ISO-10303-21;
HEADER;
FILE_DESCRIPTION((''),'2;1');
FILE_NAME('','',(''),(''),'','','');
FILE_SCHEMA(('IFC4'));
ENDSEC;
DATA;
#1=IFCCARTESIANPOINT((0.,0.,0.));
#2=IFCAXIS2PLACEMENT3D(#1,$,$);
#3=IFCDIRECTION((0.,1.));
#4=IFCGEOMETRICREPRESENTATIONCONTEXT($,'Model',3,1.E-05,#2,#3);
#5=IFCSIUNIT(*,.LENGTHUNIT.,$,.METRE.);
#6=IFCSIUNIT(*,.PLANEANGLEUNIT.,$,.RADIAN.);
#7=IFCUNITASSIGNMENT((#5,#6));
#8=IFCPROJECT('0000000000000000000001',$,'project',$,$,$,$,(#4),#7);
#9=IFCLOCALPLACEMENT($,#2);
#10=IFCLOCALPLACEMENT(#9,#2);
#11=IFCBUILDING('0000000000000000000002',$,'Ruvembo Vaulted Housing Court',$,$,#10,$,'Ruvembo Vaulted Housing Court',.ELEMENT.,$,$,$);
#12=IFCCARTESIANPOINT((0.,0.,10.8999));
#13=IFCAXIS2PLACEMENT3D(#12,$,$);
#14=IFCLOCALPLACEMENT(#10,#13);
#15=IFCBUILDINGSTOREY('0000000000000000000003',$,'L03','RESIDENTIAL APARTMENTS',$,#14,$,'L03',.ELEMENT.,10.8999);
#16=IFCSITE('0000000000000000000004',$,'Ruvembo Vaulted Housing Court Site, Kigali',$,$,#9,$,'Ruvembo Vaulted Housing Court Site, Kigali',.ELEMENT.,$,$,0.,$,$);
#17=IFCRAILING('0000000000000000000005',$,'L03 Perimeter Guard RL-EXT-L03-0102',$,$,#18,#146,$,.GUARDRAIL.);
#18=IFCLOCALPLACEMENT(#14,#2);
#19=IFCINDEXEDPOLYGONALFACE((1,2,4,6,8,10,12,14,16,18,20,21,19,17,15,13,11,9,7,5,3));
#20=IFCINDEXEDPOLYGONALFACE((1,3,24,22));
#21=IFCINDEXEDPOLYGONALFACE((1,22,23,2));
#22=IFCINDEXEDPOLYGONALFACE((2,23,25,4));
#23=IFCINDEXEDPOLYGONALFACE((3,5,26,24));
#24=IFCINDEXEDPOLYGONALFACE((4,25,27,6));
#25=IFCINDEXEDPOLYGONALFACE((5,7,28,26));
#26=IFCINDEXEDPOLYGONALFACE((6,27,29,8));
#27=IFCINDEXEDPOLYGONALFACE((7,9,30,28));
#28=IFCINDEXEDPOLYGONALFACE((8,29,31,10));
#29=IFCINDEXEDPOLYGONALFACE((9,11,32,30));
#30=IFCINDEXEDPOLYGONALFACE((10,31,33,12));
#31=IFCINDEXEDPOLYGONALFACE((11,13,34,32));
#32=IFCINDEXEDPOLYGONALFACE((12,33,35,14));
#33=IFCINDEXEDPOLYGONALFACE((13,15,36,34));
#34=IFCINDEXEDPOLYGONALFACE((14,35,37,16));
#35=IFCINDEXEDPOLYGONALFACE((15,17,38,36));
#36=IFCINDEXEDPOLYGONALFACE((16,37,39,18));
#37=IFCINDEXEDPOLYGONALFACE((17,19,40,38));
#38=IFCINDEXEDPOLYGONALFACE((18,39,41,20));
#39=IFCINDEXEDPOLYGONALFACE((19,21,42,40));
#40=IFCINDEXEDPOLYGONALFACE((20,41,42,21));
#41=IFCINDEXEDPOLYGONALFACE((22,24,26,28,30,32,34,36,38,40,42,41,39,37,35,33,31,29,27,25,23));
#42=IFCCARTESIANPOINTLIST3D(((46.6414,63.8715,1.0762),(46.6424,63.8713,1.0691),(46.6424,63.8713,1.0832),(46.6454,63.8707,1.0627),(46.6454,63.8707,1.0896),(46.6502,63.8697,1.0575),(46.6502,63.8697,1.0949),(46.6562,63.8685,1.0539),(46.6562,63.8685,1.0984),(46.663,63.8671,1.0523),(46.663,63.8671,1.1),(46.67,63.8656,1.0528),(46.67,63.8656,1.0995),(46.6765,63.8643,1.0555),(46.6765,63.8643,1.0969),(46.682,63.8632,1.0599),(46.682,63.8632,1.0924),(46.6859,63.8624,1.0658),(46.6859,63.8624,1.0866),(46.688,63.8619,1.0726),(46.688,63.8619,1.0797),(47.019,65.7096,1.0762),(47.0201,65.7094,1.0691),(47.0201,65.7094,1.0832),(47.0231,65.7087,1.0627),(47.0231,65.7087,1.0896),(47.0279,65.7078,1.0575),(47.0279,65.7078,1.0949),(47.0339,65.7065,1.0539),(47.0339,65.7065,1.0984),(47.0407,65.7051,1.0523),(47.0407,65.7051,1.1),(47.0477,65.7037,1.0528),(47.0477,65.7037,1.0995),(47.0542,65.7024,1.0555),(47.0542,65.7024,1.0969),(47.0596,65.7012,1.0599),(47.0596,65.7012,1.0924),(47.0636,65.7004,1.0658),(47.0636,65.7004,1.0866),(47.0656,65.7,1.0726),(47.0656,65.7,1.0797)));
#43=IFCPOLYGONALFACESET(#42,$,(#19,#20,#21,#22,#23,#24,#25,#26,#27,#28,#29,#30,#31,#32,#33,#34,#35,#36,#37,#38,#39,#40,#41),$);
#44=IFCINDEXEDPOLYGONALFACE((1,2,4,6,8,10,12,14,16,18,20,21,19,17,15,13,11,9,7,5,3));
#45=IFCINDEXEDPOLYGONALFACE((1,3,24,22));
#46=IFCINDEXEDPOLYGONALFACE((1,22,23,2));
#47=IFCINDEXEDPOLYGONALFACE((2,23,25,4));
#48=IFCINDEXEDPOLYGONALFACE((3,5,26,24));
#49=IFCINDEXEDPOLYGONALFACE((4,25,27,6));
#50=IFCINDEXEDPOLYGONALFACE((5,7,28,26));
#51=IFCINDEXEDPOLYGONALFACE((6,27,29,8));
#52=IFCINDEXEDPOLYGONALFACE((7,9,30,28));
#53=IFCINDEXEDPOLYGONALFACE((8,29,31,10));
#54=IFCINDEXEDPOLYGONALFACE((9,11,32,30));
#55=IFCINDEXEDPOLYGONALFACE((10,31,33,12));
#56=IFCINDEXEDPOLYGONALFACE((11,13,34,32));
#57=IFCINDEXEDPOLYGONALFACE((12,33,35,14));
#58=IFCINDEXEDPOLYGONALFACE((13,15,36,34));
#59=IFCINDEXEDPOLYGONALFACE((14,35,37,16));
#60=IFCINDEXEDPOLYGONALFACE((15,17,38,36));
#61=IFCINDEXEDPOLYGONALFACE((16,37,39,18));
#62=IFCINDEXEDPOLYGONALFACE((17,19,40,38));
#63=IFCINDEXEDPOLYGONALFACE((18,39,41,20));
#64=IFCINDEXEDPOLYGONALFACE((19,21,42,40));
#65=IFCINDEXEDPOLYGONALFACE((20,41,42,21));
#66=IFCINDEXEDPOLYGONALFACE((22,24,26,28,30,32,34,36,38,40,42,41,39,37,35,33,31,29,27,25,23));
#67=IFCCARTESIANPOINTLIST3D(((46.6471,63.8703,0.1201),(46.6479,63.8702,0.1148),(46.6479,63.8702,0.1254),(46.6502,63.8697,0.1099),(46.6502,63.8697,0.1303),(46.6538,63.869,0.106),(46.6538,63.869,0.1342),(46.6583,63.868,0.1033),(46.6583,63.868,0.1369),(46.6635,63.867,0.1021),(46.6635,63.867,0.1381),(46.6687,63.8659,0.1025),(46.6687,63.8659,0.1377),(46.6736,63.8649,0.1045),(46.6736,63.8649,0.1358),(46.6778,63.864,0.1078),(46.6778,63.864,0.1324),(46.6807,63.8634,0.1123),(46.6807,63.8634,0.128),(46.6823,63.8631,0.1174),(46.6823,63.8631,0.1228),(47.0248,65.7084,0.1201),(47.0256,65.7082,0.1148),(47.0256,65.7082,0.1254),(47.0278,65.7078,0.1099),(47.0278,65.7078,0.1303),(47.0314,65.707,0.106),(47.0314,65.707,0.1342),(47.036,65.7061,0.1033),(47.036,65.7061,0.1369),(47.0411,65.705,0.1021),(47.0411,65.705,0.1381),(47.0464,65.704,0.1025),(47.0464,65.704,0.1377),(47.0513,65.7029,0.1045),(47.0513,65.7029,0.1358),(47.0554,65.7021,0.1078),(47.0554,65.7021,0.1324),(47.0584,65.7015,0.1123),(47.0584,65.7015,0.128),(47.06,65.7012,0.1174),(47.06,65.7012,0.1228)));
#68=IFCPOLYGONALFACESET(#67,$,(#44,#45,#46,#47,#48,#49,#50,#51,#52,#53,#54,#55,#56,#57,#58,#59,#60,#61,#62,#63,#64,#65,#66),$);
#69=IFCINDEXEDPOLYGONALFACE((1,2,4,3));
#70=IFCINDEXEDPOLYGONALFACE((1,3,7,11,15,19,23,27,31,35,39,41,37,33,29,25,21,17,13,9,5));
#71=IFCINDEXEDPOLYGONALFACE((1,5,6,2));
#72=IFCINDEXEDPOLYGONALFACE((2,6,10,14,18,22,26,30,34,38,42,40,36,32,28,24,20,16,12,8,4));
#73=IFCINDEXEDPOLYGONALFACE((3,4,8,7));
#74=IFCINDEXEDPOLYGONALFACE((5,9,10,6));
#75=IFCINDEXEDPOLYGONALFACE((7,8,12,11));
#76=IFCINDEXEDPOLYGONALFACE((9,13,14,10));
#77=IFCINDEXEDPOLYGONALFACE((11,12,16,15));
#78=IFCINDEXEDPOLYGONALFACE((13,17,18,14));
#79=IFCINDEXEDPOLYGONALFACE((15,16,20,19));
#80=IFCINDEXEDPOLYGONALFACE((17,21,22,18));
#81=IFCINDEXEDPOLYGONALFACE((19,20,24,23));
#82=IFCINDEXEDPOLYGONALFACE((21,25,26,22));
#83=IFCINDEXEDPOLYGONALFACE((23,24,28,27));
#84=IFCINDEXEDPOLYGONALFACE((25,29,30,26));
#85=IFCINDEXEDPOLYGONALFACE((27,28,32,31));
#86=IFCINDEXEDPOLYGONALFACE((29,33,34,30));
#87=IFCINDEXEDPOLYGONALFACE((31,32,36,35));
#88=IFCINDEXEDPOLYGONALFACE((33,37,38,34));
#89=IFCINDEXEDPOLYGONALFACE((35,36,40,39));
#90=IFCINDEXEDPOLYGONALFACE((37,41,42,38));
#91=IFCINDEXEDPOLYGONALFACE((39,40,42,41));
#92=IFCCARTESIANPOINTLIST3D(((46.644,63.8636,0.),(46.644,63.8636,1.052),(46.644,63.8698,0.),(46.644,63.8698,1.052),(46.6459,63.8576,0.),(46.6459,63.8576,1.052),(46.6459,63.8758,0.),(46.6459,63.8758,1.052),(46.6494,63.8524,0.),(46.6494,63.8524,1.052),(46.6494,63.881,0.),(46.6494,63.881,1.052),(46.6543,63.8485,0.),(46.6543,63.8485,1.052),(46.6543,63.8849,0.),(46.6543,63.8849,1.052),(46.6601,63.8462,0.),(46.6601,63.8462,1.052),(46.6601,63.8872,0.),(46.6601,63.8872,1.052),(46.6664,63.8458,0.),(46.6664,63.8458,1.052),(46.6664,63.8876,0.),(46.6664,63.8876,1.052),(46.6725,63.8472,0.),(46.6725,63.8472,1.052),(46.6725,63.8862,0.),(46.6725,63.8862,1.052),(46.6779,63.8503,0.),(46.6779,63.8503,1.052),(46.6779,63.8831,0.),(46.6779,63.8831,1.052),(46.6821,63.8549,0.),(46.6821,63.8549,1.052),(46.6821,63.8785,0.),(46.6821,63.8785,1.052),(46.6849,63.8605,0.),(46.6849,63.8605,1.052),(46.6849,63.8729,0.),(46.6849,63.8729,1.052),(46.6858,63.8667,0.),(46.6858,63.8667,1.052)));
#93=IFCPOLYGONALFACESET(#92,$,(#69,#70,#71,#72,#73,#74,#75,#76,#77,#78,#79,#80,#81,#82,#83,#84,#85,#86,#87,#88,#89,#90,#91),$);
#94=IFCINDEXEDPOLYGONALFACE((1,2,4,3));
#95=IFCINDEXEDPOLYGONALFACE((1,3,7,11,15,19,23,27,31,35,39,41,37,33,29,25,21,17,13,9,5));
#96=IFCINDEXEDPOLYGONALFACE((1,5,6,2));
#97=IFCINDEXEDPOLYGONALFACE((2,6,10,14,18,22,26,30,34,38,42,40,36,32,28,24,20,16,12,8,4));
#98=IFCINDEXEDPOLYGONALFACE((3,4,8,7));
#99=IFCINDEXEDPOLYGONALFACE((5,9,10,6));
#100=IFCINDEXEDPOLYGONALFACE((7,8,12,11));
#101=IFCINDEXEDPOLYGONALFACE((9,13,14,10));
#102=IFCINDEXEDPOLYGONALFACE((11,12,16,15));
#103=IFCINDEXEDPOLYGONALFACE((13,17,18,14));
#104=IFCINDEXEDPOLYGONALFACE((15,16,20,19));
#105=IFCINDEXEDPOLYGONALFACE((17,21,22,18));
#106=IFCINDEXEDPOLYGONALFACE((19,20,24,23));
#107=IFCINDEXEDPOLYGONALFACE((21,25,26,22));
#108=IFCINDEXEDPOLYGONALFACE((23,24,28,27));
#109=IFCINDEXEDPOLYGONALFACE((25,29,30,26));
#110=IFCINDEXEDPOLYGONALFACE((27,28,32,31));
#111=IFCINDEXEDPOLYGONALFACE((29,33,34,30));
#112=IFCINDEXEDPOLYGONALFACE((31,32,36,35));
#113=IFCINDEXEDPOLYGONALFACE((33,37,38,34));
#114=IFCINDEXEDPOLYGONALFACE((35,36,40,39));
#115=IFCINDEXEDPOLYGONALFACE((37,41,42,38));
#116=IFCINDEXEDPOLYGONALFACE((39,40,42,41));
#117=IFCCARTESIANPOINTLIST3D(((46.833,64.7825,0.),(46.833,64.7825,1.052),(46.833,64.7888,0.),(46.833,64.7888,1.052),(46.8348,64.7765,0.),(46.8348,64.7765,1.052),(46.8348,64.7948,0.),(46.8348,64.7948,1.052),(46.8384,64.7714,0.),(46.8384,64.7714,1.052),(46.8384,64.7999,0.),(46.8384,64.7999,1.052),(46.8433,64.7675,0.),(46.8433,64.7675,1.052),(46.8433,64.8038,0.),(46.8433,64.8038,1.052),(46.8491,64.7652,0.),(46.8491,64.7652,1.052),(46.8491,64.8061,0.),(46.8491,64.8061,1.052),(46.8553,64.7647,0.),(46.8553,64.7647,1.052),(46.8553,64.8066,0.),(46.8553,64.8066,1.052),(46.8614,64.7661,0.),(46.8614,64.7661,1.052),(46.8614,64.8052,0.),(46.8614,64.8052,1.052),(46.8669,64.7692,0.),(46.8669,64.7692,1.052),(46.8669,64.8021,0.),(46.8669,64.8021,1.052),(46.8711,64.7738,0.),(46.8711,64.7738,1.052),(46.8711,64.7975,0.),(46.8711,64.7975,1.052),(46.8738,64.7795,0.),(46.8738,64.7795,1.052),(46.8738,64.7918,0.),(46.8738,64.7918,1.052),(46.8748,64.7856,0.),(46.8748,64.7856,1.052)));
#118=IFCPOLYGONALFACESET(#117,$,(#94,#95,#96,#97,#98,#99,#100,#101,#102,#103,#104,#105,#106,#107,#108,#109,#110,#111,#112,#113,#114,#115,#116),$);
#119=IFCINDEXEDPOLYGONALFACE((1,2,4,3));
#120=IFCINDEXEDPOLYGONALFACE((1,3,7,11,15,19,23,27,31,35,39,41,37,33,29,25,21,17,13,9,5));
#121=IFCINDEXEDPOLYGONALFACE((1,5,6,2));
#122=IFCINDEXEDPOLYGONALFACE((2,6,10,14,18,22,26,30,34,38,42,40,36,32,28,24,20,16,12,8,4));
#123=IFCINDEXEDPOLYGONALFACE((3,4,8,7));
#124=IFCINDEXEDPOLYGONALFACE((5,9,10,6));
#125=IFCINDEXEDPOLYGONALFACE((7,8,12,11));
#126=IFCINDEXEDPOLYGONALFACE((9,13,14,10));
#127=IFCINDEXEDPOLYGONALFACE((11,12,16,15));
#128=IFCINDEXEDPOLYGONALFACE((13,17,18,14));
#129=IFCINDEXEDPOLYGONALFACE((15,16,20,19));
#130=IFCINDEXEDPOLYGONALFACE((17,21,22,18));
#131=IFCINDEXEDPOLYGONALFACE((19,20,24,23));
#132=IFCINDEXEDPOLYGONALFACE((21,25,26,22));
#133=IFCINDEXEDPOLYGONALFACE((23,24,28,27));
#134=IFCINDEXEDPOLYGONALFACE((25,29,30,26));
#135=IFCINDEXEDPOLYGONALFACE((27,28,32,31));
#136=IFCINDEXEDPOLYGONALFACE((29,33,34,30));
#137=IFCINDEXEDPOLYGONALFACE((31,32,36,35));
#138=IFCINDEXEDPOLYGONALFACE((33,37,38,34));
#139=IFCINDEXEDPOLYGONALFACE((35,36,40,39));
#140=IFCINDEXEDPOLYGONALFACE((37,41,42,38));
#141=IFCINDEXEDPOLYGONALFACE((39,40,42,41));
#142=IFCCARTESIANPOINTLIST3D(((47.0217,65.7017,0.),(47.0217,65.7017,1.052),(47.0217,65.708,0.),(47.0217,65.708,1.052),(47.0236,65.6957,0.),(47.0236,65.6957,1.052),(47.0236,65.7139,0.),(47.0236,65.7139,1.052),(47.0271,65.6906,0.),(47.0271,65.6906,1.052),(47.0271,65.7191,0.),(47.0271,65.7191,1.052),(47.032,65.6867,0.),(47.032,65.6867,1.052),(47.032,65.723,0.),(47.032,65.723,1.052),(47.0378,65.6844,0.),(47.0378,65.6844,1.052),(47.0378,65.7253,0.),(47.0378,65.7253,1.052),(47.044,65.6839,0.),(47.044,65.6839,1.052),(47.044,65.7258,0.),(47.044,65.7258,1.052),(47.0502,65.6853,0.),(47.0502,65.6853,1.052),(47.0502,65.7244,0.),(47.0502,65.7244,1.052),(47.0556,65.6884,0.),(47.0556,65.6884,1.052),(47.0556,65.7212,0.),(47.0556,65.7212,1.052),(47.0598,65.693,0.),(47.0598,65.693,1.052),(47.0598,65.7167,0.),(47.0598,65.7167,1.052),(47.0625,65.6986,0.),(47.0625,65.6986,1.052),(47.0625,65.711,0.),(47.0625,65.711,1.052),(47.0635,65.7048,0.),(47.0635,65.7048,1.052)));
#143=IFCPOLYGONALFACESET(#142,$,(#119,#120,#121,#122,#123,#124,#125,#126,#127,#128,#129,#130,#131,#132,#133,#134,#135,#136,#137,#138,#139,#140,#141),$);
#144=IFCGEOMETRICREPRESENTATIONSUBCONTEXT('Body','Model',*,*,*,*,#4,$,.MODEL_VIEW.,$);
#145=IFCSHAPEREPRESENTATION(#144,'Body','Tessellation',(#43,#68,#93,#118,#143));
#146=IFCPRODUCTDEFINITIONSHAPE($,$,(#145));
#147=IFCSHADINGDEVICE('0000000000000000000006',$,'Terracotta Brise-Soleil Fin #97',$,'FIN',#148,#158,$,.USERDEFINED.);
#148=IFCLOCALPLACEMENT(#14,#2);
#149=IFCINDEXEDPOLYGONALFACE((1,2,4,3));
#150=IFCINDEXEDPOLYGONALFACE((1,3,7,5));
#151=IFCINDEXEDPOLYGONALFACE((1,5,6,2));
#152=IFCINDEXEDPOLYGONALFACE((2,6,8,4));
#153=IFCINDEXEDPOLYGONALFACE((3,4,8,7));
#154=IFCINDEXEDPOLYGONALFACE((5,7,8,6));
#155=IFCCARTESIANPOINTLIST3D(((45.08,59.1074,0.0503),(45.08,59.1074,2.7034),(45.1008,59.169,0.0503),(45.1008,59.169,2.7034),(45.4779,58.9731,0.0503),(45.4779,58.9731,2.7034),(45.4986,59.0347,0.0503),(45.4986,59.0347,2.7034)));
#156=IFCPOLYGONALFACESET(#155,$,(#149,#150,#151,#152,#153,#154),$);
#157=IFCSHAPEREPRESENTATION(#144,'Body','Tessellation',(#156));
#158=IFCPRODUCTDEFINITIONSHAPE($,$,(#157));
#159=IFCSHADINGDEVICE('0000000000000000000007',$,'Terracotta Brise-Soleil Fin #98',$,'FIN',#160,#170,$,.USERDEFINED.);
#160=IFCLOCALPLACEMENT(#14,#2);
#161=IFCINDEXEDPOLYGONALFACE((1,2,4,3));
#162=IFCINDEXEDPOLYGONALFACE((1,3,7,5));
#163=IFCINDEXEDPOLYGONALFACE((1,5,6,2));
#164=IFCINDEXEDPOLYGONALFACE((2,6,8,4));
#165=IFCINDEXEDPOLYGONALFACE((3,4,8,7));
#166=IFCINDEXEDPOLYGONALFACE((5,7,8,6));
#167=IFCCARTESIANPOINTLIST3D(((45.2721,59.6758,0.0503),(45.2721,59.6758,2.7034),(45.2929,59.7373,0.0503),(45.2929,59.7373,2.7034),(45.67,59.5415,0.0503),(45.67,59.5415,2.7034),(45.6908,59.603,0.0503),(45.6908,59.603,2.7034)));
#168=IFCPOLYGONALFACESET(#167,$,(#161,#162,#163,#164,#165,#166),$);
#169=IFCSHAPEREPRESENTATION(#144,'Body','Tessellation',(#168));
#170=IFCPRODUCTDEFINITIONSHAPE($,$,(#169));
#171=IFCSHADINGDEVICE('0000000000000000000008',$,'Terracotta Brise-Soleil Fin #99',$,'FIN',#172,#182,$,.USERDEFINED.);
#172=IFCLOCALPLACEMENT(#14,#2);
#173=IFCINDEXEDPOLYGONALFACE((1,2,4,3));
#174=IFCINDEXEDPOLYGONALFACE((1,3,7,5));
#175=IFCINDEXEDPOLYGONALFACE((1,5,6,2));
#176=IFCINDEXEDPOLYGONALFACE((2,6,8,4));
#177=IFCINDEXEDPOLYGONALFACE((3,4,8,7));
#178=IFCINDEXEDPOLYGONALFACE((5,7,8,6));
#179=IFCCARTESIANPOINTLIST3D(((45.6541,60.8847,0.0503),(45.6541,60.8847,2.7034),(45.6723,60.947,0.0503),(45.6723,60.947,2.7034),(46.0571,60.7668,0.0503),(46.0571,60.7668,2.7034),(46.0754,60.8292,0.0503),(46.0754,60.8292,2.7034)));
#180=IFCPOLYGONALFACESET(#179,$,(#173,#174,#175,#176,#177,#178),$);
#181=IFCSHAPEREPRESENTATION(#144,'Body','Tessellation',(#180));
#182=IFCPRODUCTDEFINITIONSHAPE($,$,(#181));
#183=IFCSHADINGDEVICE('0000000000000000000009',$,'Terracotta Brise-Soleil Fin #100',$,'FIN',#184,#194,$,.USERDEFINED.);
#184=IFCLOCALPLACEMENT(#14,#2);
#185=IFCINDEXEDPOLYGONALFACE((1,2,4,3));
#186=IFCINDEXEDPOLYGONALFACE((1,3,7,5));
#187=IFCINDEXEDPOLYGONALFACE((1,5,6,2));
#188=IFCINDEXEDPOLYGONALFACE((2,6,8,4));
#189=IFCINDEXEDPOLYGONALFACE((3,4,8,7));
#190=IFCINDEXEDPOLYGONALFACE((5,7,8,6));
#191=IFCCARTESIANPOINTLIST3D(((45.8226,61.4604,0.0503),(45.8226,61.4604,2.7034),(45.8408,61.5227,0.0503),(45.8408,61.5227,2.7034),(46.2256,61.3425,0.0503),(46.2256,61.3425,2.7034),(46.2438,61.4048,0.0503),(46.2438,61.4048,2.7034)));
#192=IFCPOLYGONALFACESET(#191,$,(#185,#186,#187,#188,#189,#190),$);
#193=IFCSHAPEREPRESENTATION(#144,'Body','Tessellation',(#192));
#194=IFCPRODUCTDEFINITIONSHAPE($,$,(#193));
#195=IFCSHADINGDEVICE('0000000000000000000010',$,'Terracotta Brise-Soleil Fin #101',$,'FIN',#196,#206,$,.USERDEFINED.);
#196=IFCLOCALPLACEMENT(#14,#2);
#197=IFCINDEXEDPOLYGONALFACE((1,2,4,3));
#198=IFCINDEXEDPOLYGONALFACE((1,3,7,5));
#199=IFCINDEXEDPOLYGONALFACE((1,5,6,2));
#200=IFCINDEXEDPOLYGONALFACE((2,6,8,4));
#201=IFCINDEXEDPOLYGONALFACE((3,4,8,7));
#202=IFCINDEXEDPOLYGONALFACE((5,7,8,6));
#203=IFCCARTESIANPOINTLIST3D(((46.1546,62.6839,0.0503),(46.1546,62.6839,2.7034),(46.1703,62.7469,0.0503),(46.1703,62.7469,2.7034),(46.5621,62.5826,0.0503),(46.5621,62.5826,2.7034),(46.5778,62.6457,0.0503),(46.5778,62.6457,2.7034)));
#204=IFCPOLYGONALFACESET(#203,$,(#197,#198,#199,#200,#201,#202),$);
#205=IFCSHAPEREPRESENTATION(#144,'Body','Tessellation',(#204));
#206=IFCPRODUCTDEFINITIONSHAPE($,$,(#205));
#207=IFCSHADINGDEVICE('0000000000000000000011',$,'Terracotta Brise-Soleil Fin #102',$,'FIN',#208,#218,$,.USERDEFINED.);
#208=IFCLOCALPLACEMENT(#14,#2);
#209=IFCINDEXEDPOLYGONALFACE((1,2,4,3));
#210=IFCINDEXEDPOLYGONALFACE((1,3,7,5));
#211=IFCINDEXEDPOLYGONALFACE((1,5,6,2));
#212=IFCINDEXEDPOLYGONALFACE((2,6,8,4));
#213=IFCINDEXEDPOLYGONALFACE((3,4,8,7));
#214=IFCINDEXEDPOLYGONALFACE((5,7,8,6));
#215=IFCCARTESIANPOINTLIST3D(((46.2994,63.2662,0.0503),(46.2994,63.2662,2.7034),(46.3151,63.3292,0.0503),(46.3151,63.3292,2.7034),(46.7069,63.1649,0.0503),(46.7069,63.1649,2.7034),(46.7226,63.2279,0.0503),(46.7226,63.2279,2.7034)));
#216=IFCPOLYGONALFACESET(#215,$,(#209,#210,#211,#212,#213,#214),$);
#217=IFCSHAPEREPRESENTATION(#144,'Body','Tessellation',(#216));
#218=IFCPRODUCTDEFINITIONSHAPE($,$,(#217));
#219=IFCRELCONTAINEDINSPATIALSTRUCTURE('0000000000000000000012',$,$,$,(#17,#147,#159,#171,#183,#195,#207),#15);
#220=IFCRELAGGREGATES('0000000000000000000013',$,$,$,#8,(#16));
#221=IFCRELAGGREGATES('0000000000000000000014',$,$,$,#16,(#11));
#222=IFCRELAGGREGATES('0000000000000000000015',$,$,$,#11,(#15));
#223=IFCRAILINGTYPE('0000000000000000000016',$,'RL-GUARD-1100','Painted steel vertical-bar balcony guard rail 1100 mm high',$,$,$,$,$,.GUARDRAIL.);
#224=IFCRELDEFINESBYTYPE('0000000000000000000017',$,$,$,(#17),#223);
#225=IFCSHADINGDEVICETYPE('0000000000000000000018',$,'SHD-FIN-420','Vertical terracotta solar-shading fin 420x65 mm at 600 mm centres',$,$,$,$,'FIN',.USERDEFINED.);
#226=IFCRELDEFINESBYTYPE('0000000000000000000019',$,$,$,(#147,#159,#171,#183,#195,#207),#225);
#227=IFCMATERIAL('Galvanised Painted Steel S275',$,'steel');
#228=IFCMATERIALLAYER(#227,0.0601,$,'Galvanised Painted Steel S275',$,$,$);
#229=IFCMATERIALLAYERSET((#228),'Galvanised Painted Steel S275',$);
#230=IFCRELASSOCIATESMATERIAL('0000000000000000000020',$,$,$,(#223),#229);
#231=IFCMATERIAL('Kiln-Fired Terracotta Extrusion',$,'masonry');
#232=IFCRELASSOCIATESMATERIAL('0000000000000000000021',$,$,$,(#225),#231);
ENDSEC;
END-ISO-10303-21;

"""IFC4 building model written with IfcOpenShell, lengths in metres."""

from ifc_helpers import new_model, si_unit, direction, frame, origin, origin_2d, place, context, subcontext, project, spatial, rectangle, circle, extrude, material, layer, layer_set, type_object, element, save


model = new_model("IFC4")

# Units and contexts
model_context = context("Model", 3, precision=1e-05, world=origin(), true_north=direction((0.0, 1.0)))
body_context = subcontext(model_context, "Body", "Model", "MODEL_VIEW")
ifc_project = project(units=[si_unit("LENGTHUNIT", "METRE"), si_unit("PLANEANGLEUNIT", "RADIAN")], contexts=[model_context])

# Site, building, storey
site_placement = place(None, origin())
site = spatial("IfcSite", under=ifc_project, at=site_placement, Name="Ruvembo Vaulted Housing Court Site, Kigali", LongName="Ruvembo Vaulted Housing Court Site, Kigali", CompositionType="ELEMENT", RefElevation=0.0)
building_placement = place(site_placement, origin())
building = spatial("IfcBuilding", under=site, at=building_placement, Name="Ruvembo Vaulted Housing Court", LongName="Ruvembo Vaulted Housing Court", CompositionType="ELEMENT")
storey_placement = place(building_placement, frame((0.0, 0.0, 10.8999)))
storey = spatial("IfcBuildingStorey", under=building, at=storey_placement, Name="L03", Description="RESIDENTIAL APARTMENTS", LongName="L03", CompositionType="ELEMENT", Elevation=10.8999)

# Railing
ifc_material_1 = material(Name="Galvanised Painted Steel S275", Category="steel")
ifc_layer_1 = layer(ifc_material_1, 0.0601, Name="Galvanised Painted Steel S275")
ifc_layer_set_1 = layer_set([ifc_layer_1], Name="Galvanised Painted Steel S275")
railing_type = type_object("IfcRailingType", Name="RL-GUARD-1100", Description="Painted steel vertical-bar balcony guard rail 1100 mm high", PredefinedType="GUARDRAIL", material=ifc_layer_set_1)
railing_1_placement = place(storey_placement, frame((46.6648, 63.8667, 0.0)))
element("IfcRailing", 1, at=railing_1_placement, inside=storey, type_object=railing_type, Name="L03 Perimeter Guard RL-EXT-L03-0102", PredefinedType="GUARDRAIL", context=body_context, shape_type="SweptSolid", body=[
    extrude(circle(Radius=0.0239, at=origin_2d()), frame((0.0, 0.0, 1.0762), z_axis=(0.201267, 0.979536, 0.0), x_axis=(-0.979536, 0.201267, 0.0)), (0.0, 0.0, 1.0), 1.8765),
    extrude(circle(Radius=0.0181, at=origin_2d()), frame((0.0, 0.0, 0.1201), z_axis=(0.201267, 0.979536, 0.0), x_axis=(-0.979536, 0.201267, 0.0)), (0.0, 0.0, 1.0), 1.8765),
    extrude(circle(Radius=0.021, at=origin_2d()), origin(), (0.0, 0.0, 1.0), 1.052),
    extrude(circle(Radius=0.021, at=origin_2d()), frame((0.189, 0.9189, 0.0)), (0.0, 0.0, 1.0), 1.052),
    extrude(circle(Radius=0.021, at=origin_2d()), frame((0.3777, 1.8381, 0.0)), (0.0, 0.0, 1.0), 1.052),
])

# Shading devices
ifc_material_2 = material(Name="Kiln-Fired Terracotta Extrusion", Category="masonry")
shading_device_type = type_object("IfcShadingDeviceType", Name="SHD-FIN-420", Description="Vertical terracotta solar-shading fin 420x65 mm at 600 mm centres", ElementType="FIN", PredefinedType="USERDEFINED", material=ifc_material_2)
for number, where, z_axis, x_axis, name in (
    (2, (45.2893, 59.071, 0.0503), (0.0, 0.0, 1.0), (0.947473, -0.319836, 0.0), "Terracotta Brise-Soleil Fin #97"),
    (3, (45.4814, 59.6394, 0.0503), (0.0, 0.0, 1.0), (0.947473, -0.319836, 0.0), "Terracotta Brise-Soleil Fin #98"),
    (4, (45.8647, 60.8569, 0.0503), (0.0, 0.0, 1.0), (0.959791, -0.280717, 0.0), "Terracotta Brise-Soleil Fin #99"),
    (5, (46.0332, 61.4326, 0.0503), (0.0, 0.0, 1.0), (0.959791, -0.280717, 0.0), "Terracotta Brise-Soleil Fin #100"),
    (6, (46.3662, 62.6648, 0.0503), (0.0, 0.0, 1.0), (0.970481, -0.241177, 0.0), "Terracotta Brise-Soleil Fin #101"),
    (7, (46.511, 63.2471, 0.0503), (0.0, 0.0, 1.0), (0.970481, -0.241177, 0.0), "Terracotta Brise-Soleil Fin #102"),
):
    element("IfcShadingDevice", number, at=place(storey_placement, frame(where, z_axis=z_axis, x_axis=x_axis)), inside=storey, type_object=shading_device_type, Name=name, ObjectType="FIN", PredefinedType="USERDEFINED", context=body_context, shape_type="SweptSolid", body=[
        extrude(rectangle(XDim=0.4199, YDim=0.0649, at=origin_2d()), origin(), (0.0, 0.0, 1.0), 2.6531),
    ])

save(model, "model.ifc")
